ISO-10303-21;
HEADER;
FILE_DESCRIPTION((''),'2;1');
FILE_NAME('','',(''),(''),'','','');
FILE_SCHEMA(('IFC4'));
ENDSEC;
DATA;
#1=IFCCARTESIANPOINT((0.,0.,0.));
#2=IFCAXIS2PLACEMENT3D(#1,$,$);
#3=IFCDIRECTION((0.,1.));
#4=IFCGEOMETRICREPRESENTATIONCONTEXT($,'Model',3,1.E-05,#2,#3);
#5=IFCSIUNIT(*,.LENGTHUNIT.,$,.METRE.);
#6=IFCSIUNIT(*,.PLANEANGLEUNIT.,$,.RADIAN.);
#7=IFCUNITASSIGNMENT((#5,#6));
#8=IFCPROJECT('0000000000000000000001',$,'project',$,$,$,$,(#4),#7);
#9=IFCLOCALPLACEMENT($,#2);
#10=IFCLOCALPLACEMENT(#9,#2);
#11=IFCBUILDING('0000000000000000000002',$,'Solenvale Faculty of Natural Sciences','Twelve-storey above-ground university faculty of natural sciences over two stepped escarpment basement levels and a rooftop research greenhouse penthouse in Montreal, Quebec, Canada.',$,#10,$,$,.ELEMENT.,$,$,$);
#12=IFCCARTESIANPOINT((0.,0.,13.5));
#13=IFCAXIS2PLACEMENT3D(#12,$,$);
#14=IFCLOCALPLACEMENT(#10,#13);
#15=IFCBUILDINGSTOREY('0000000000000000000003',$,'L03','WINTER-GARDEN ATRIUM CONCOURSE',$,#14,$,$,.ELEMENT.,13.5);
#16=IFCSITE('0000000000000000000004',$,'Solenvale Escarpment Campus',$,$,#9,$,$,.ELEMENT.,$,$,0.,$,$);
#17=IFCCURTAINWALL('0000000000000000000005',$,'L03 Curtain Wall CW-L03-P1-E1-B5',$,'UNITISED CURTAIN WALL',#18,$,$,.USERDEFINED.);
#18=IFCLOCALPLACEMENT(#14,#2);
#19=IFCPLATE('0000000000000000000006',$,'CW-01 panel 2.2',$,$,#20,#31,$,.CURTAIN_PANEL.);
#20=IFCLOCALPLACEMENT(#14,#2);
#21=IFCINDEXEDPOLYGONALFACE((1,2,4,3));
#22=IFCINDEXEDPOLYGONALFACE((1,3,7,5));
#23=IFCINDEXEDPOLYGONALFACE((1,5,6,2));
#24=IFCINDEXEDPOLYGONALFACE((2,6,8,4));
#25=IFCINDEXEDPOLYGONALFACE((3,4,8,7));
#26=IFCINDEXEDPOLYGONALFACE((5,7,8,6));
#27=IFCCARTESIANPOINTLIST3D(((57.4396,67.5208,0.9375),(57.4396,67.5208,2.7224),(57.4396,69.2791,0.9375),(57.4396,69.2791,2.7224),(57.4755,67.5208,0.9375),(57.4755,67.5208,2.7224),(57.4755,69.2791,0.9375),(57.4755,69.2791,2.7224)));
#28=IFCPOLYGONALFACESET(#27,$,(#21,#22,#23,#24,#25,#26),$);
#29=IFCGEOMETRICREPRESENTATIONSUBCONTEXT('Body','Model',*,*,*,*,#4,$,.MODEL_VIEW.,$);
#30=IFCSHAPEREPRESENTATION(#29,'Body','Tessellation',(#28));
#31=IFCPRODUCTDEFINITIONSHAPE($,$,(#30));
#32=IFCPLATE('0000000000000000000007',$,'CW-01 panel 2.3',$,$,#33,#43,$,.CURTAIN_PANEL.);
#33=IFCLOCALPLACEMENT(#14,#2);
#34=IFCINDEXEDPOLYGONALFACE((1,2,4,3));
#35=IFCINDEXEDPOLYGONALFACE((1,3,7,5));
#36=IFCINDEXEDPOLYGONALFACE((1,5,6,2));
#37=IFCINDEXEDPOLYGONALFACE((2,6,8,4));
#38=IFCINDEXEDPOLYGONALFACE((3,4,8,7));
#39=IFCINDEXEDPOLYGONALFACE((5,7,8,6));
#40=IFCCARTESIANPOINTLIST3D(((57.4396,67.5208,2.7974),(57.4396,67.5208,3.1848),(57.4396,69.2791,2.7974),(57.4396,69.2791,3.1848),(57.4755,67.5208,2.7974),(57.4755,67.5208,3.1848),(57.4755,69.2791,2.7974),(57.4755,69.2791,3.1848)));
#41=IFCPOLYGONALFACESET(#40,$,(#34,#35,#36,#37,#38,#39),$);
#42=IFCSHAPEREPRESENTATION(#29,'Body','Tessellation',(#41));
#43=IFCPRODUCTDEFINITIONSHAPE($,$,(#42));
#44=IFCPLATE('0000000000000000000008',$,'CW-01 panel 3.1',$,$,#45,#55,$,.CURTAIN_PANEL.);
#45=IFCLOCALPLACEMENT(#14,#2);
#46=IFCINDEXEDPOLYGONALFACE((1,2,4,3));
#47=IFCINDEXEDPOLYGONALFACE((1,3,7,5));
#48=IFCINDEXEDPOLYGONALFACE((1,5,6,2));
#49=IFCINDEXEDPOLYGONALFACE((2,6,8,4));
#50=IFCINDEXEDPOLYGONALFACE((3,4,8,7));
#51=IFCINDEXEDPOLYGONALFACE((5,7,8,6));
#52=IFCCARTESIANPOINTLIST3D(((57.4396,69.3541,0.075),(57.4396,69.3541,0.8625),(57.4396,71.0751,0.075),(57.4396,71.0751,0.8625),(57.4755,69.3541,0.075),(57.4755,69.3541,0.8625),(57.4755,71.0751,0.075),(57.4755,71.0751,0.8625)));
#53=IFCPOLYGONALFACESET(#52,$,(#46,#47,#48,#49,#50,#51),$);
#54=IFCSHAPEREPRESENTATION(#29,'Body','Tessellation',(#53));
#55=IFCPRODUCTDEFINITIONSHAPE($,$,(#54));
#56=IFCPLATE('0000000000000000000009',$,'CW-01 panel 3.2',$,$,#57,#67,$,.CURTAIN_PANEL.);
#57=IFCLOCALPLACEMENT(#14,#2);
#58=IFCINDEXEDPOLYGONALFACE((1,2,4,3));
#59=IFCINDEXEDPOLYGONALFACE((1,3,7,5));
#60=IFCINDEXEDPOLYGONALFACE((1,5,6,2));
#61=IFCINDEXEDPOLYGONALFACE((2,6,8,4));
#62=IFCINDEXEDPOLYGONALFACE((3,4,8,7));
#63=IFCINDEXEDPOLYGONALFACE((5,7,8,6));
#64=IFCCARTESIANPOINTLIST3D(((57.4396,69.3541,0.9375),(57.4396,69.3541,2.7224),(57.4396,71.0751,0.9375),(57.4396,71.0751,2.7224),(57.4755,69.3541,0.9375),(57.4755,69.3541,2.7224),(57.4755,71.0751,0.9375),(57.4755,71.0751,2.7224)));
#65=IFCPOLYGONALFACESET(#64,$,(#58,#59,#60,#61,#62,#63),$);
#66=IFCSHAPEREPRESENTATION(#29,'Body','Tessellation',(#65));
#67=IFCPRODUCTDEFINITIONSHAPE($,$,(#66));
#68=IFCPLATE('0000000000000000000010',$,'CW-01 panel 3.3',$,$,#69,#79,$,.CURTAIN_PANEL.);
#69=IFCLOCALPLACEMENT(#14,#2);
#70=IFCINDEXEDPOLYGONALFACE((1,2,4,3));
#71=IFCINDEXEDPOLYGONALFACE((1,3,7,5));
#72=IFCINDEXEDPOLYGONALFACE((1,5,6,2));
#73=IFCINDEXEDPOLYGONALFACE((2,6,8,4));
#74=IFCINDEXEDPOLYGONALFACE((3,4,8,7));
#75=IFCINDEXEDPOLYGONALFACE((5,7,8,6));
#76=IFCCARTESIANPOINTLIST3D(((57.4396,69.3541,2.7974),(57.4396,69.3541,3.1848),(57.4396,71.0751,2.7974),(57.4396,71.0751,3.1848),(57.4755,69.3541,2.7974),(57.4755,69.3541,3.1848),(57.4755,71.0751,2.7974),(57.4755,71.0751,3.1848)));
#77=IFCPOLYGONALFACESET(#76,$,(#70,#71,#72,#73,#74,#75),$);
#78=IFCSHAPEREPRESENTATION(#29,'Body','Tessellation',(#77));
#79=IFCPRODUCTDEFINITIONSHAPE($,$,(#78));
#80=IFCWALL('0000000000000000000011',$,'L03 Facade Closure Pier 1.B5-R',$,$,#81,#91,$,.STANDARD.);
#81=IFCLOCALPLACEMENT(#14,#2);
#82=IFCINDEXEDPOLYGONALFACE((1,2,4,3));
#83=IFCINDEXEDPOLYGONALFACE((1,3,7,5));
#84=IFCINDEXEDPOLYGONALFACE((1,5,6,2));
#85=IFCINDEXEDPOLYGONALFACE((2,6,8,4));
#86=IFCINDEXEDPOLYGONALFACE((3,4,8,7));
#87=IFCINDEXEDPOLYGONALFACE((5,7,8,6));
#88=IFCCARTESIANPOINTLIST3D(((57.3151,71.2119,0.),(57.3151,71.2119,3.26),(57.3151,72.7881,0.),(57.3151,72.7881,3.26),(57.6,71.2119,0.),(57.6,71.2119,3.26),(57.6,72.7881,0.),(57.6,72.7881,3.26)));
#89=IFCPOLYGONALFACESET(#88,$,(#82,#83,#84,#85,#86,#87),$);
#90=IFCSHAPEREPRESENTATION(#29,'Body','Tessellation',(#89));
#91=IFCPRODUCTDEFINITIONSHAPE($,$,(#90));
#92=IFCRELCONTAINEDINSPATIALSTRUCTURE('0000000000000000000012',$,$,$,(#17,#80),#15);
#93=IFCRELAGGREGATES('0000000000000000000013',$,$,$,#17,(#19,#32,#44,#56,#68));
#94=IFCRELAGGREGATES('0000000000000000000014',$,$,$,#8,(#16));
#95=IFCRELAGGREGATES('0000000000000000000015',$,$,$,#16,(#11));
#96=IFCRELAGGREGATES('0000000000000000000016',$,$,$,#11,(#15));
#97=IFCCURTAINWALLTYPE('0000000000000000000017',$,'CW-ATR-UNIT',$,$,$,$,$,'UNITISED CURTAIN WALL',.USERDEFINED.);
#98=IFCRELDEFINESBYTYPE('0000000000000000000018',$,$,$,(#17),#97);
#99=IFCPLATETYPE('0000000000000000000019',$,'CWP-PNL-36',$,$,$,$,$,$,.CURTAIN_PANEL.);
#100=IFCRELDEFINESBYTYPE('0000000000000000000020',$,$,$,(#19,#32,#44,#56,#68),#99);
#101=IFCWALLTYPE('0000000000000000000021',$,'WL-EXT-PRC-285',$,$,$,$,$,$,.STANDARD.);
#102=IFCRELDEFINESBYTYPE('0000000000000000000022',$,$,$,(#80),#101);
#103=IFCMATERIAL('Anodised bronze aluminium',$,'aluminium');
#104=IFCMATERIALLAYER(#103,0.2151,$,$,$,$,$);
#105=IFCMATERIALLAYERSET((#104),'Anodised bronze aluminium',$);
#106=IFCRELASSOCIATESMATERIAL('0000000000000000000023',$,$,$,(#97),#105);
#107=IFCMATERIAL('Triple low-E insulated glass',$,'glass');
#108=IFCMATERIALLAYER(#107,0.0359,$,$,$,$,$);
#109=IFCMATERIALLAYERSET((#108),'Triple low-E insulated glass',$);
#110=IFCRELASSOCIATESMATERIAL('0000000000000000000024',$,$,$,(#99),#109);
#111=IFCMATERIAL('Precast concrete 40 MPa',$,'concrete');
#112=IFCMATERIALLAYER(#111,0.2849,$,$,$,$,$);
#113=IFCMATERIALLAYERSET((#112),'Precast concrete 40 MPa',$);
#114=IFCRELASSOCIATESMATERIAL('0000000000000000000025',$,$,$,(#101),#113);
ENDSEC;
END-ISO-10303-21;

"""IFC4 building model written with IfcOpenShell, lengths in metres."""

from ifc_helpers import new_model, si_unit, direction, frame, frame_2d, origin, origin_2d, place, context, subcontext, project, spatial, rectangle, extrude, material, layer, layer_set, type_object, element, aggregate, save


model = new_model("IFC4")

# Units and contexts
model_context = context("Model", 3, precision=1e-05, world=origin(), true_north=direction((0.0, 1.0)))
body_context = subcontext(model_context, "Body", "Model", "MODEL_VIEW")
ifc_project = project(units=[si_unit("LENGTHUNIT", "METRE"), si_unit("PLANEANGLEUNIT", "RADIAN")], contexts=[model_context])

# Site, building, storey
site_placement = place(None, origin())
site = spatial("IfcSite", under=ifc_project, at=site_placement, Name="Solenvale Escarpment Campus", CompositionType="ELEMENT", RefElevation=0.0)
building_placement = place(site_placement, origin())
building = spatial("IfcBuilding", under=site, at=building_placement, Name="Solenvale Faculty of Natural Sciences", Description="Twelve-storey above-ground university faculty of natural sciences over two stepped escarpment basement levels and a rooftop research greenhouse penthouse in Montreal, Quebec, Canada.", CompositionType="ELEMENT")
storey_placement = place(building_placement, frame((0.0, 0.0, 13.5)))
storey = spatial("IfcBuildingStorey", under=building, at=storey_placement, Name="L03", Description="WINTER-GARDEN ATRIUM CONCOURSE", CompositionType="ELEMENT", Elevation=13.5)

# Curtain wall
ifc_material_1 = material(Name="Anodised bronze aluminium", Category="aluminium")
ifc_layer_1 = layer(ifc_material_1, 0.2151)
ifc_layer_set_1 = layer_set([ifc_layer_1], Name="Anodised bronze aluminium")
curtain_wall_type = type_object("IfcCurtainWallType", Name="CW-ATR-UNIT", ElementType="UNITISED CURTAIN WALL", PredefinedType="USERDEFINED", material=ifc_layer_set_1)
curtain_wall_1_placement = place(storey_placement, origin())
curtain_wall_1 = element("IfcCurtainWall", 1, at=curtain_wall_1_placement, inside=storey, type_object=curtain_wall_type, Name="L03 Curtain Wall CW-L03-P1-E1-B5", ObjectType="UNITISED CURTAIN WALL", PredefinedType="USERDEFINED")

# Plates
ifc_material_2 = material(Name="Triple low-E insulated glass", Category="glass")
ifc_layer_2 = layer(ifc_material_2, 0.0359)
ifc_layer_set_2 = layer_set([ifc_layer_2], Name="Triple low-E insulated glass")
plate_type = type_object("IfcPlateType", Name="CWP-PNL-36", PredefinedType="CURTAIN_PANEL", material=ifc_layer_set_2)
plate_1_placement = place(storey_placement, frame((57.4575, 68.3999, 0.9375), z_axis=(0.0, 0.0, 1.0), x_axis=(0.0, 1.0, 0.0)))
plate_1 = element("IfcPlate", 2, at=plate_1_placement, type_object=plate_type, Name="CW-01 panel 2.2", PredefinedType="CURTAIN_PANEL", context=body_context, shape_type="SweptSolid", body=[
    extrude(rectangle(XDim=1.7583, YDim=0.0359, at=origin_2d()), origin(), (0.0, 0.0, 1.0), 1.7849),
])
plate_2_placement = place(storey_placement, frame((57.4575, 68.3999, 2.7974), z_axis=(0.0, 0.0, 1.0), x_axis=(0.0, 1.0, 0.0)))
plate_2 = element("IfcPlate", 3, at=plate_2_placement, type_object=plate_type, Name="CW-01 panel 2.3", PredefinedType="CURTAIN_PANEL", context=body_context, shape_type="SweptSolid", body=[
    extrude(rectangle(XDim=1.7583, YDim=0.0359, at=origin_2d()), origin(), (0.0, 0.0, 1.0), 0.3875),
])
plate_3_placement = place(storey_placement, frame((57.4575, 70.2146, 0.075), z_axis=(0.0, 0.0, 1.0), x_axis=(0.0, 1.0, 0.0)))
plate_3 = element("IfcPlate", 4, at=plate_3_placement, type_object=plate_type, Name="CW-01 panel 3.1", PredefinedType="CURTAIN_PANEL", context=body_context, shape_type="SweptSolid", body=[
    extrude(rectangle(XDim=1.7209, YDim=0.0359, at=origin_2d()), origin(), (0.0, 0.0, 1.0), 0.7876),
])
plate_4_placement = place(storey_placement, frame((57.4575, 70.2146, 0.9375), z_axis=(0.0, 0.0, 1.0), x_axis=(0.0, 1.0, 0.0)))
plate_4 = element("IfcPlate", 5, at=plate_4_placement, type_object=plate_type, Name="CW-01 panel 3.2", PredefinedType="CURTAIN_PANEL", context=body_context, shape_type="SweptSolid", body=[
    extrude(rectangle(XDim=1.7209, YDim=0.0359, at=origin_2d()), origin(), (0.0, 0.0, 1.0), 1.7849),
])
plate_5_placement = place(storey_placement, frame((57.4575, 70.2146, 2.7974), z_axis=(0.0, 0.0, 1.0), x_axis=(0.0, 1.0, 0.0)))
plate_5 = element("IfcPlate", 6, at=plate_5_placement, type_object=plate_type, Name="CW-01 panel 3.3", PredefinedType="CURTAIN_PANEL", context=body_context, shape_type="SweptSolid", body=[
    extrude(rectangle(XDim=1.7209, YDim=0.0359, at=origin_2d()), origin(), (0.0, 0.0, 1.0), 0.3875),
])
aggregate(curtain_wall_1, [plate_1, plate_2, plate_3, plate_4, plate_5])

# Wall
ifc_material_3 = material(Name="Precast concrete 40 MPa", Category="concrete")
ifc_layer_3 = layer(ifc_material_3, 0.2849)
ifc_layer_set_3 = layer_set([ifc_layer_3], Name="Precast concrete 40 MPa")
wall_type = type_object("IfcWallType", Name="WL-EXT-PRC-285", PredefinedType="STANDARD", material=ifc_layer_set_3)
wall_placement = place(storey_placement, frame((57.4575, 71.2119, 0.0), z_axis=(0.0, 0.0, 1.0), x_axis=(0.0, 1.0, 0.0)))
element("IfcWall", 7, at=wall_placement, inside=storey, type_object=wall_type, Name="L03 Facade Closure Pier 1.B5-R", PredefinedType="STANDARD", context=body_context, shape_type="SweptSolid", body=[
    extrude(rectangle(XDim=1.5762, YDim=0.2849, at=frame_2d((0.7881, 0.0))), origin(), (0.0, 0.0, 1.0), 3.26),
])

save(model, "model.ifc")
